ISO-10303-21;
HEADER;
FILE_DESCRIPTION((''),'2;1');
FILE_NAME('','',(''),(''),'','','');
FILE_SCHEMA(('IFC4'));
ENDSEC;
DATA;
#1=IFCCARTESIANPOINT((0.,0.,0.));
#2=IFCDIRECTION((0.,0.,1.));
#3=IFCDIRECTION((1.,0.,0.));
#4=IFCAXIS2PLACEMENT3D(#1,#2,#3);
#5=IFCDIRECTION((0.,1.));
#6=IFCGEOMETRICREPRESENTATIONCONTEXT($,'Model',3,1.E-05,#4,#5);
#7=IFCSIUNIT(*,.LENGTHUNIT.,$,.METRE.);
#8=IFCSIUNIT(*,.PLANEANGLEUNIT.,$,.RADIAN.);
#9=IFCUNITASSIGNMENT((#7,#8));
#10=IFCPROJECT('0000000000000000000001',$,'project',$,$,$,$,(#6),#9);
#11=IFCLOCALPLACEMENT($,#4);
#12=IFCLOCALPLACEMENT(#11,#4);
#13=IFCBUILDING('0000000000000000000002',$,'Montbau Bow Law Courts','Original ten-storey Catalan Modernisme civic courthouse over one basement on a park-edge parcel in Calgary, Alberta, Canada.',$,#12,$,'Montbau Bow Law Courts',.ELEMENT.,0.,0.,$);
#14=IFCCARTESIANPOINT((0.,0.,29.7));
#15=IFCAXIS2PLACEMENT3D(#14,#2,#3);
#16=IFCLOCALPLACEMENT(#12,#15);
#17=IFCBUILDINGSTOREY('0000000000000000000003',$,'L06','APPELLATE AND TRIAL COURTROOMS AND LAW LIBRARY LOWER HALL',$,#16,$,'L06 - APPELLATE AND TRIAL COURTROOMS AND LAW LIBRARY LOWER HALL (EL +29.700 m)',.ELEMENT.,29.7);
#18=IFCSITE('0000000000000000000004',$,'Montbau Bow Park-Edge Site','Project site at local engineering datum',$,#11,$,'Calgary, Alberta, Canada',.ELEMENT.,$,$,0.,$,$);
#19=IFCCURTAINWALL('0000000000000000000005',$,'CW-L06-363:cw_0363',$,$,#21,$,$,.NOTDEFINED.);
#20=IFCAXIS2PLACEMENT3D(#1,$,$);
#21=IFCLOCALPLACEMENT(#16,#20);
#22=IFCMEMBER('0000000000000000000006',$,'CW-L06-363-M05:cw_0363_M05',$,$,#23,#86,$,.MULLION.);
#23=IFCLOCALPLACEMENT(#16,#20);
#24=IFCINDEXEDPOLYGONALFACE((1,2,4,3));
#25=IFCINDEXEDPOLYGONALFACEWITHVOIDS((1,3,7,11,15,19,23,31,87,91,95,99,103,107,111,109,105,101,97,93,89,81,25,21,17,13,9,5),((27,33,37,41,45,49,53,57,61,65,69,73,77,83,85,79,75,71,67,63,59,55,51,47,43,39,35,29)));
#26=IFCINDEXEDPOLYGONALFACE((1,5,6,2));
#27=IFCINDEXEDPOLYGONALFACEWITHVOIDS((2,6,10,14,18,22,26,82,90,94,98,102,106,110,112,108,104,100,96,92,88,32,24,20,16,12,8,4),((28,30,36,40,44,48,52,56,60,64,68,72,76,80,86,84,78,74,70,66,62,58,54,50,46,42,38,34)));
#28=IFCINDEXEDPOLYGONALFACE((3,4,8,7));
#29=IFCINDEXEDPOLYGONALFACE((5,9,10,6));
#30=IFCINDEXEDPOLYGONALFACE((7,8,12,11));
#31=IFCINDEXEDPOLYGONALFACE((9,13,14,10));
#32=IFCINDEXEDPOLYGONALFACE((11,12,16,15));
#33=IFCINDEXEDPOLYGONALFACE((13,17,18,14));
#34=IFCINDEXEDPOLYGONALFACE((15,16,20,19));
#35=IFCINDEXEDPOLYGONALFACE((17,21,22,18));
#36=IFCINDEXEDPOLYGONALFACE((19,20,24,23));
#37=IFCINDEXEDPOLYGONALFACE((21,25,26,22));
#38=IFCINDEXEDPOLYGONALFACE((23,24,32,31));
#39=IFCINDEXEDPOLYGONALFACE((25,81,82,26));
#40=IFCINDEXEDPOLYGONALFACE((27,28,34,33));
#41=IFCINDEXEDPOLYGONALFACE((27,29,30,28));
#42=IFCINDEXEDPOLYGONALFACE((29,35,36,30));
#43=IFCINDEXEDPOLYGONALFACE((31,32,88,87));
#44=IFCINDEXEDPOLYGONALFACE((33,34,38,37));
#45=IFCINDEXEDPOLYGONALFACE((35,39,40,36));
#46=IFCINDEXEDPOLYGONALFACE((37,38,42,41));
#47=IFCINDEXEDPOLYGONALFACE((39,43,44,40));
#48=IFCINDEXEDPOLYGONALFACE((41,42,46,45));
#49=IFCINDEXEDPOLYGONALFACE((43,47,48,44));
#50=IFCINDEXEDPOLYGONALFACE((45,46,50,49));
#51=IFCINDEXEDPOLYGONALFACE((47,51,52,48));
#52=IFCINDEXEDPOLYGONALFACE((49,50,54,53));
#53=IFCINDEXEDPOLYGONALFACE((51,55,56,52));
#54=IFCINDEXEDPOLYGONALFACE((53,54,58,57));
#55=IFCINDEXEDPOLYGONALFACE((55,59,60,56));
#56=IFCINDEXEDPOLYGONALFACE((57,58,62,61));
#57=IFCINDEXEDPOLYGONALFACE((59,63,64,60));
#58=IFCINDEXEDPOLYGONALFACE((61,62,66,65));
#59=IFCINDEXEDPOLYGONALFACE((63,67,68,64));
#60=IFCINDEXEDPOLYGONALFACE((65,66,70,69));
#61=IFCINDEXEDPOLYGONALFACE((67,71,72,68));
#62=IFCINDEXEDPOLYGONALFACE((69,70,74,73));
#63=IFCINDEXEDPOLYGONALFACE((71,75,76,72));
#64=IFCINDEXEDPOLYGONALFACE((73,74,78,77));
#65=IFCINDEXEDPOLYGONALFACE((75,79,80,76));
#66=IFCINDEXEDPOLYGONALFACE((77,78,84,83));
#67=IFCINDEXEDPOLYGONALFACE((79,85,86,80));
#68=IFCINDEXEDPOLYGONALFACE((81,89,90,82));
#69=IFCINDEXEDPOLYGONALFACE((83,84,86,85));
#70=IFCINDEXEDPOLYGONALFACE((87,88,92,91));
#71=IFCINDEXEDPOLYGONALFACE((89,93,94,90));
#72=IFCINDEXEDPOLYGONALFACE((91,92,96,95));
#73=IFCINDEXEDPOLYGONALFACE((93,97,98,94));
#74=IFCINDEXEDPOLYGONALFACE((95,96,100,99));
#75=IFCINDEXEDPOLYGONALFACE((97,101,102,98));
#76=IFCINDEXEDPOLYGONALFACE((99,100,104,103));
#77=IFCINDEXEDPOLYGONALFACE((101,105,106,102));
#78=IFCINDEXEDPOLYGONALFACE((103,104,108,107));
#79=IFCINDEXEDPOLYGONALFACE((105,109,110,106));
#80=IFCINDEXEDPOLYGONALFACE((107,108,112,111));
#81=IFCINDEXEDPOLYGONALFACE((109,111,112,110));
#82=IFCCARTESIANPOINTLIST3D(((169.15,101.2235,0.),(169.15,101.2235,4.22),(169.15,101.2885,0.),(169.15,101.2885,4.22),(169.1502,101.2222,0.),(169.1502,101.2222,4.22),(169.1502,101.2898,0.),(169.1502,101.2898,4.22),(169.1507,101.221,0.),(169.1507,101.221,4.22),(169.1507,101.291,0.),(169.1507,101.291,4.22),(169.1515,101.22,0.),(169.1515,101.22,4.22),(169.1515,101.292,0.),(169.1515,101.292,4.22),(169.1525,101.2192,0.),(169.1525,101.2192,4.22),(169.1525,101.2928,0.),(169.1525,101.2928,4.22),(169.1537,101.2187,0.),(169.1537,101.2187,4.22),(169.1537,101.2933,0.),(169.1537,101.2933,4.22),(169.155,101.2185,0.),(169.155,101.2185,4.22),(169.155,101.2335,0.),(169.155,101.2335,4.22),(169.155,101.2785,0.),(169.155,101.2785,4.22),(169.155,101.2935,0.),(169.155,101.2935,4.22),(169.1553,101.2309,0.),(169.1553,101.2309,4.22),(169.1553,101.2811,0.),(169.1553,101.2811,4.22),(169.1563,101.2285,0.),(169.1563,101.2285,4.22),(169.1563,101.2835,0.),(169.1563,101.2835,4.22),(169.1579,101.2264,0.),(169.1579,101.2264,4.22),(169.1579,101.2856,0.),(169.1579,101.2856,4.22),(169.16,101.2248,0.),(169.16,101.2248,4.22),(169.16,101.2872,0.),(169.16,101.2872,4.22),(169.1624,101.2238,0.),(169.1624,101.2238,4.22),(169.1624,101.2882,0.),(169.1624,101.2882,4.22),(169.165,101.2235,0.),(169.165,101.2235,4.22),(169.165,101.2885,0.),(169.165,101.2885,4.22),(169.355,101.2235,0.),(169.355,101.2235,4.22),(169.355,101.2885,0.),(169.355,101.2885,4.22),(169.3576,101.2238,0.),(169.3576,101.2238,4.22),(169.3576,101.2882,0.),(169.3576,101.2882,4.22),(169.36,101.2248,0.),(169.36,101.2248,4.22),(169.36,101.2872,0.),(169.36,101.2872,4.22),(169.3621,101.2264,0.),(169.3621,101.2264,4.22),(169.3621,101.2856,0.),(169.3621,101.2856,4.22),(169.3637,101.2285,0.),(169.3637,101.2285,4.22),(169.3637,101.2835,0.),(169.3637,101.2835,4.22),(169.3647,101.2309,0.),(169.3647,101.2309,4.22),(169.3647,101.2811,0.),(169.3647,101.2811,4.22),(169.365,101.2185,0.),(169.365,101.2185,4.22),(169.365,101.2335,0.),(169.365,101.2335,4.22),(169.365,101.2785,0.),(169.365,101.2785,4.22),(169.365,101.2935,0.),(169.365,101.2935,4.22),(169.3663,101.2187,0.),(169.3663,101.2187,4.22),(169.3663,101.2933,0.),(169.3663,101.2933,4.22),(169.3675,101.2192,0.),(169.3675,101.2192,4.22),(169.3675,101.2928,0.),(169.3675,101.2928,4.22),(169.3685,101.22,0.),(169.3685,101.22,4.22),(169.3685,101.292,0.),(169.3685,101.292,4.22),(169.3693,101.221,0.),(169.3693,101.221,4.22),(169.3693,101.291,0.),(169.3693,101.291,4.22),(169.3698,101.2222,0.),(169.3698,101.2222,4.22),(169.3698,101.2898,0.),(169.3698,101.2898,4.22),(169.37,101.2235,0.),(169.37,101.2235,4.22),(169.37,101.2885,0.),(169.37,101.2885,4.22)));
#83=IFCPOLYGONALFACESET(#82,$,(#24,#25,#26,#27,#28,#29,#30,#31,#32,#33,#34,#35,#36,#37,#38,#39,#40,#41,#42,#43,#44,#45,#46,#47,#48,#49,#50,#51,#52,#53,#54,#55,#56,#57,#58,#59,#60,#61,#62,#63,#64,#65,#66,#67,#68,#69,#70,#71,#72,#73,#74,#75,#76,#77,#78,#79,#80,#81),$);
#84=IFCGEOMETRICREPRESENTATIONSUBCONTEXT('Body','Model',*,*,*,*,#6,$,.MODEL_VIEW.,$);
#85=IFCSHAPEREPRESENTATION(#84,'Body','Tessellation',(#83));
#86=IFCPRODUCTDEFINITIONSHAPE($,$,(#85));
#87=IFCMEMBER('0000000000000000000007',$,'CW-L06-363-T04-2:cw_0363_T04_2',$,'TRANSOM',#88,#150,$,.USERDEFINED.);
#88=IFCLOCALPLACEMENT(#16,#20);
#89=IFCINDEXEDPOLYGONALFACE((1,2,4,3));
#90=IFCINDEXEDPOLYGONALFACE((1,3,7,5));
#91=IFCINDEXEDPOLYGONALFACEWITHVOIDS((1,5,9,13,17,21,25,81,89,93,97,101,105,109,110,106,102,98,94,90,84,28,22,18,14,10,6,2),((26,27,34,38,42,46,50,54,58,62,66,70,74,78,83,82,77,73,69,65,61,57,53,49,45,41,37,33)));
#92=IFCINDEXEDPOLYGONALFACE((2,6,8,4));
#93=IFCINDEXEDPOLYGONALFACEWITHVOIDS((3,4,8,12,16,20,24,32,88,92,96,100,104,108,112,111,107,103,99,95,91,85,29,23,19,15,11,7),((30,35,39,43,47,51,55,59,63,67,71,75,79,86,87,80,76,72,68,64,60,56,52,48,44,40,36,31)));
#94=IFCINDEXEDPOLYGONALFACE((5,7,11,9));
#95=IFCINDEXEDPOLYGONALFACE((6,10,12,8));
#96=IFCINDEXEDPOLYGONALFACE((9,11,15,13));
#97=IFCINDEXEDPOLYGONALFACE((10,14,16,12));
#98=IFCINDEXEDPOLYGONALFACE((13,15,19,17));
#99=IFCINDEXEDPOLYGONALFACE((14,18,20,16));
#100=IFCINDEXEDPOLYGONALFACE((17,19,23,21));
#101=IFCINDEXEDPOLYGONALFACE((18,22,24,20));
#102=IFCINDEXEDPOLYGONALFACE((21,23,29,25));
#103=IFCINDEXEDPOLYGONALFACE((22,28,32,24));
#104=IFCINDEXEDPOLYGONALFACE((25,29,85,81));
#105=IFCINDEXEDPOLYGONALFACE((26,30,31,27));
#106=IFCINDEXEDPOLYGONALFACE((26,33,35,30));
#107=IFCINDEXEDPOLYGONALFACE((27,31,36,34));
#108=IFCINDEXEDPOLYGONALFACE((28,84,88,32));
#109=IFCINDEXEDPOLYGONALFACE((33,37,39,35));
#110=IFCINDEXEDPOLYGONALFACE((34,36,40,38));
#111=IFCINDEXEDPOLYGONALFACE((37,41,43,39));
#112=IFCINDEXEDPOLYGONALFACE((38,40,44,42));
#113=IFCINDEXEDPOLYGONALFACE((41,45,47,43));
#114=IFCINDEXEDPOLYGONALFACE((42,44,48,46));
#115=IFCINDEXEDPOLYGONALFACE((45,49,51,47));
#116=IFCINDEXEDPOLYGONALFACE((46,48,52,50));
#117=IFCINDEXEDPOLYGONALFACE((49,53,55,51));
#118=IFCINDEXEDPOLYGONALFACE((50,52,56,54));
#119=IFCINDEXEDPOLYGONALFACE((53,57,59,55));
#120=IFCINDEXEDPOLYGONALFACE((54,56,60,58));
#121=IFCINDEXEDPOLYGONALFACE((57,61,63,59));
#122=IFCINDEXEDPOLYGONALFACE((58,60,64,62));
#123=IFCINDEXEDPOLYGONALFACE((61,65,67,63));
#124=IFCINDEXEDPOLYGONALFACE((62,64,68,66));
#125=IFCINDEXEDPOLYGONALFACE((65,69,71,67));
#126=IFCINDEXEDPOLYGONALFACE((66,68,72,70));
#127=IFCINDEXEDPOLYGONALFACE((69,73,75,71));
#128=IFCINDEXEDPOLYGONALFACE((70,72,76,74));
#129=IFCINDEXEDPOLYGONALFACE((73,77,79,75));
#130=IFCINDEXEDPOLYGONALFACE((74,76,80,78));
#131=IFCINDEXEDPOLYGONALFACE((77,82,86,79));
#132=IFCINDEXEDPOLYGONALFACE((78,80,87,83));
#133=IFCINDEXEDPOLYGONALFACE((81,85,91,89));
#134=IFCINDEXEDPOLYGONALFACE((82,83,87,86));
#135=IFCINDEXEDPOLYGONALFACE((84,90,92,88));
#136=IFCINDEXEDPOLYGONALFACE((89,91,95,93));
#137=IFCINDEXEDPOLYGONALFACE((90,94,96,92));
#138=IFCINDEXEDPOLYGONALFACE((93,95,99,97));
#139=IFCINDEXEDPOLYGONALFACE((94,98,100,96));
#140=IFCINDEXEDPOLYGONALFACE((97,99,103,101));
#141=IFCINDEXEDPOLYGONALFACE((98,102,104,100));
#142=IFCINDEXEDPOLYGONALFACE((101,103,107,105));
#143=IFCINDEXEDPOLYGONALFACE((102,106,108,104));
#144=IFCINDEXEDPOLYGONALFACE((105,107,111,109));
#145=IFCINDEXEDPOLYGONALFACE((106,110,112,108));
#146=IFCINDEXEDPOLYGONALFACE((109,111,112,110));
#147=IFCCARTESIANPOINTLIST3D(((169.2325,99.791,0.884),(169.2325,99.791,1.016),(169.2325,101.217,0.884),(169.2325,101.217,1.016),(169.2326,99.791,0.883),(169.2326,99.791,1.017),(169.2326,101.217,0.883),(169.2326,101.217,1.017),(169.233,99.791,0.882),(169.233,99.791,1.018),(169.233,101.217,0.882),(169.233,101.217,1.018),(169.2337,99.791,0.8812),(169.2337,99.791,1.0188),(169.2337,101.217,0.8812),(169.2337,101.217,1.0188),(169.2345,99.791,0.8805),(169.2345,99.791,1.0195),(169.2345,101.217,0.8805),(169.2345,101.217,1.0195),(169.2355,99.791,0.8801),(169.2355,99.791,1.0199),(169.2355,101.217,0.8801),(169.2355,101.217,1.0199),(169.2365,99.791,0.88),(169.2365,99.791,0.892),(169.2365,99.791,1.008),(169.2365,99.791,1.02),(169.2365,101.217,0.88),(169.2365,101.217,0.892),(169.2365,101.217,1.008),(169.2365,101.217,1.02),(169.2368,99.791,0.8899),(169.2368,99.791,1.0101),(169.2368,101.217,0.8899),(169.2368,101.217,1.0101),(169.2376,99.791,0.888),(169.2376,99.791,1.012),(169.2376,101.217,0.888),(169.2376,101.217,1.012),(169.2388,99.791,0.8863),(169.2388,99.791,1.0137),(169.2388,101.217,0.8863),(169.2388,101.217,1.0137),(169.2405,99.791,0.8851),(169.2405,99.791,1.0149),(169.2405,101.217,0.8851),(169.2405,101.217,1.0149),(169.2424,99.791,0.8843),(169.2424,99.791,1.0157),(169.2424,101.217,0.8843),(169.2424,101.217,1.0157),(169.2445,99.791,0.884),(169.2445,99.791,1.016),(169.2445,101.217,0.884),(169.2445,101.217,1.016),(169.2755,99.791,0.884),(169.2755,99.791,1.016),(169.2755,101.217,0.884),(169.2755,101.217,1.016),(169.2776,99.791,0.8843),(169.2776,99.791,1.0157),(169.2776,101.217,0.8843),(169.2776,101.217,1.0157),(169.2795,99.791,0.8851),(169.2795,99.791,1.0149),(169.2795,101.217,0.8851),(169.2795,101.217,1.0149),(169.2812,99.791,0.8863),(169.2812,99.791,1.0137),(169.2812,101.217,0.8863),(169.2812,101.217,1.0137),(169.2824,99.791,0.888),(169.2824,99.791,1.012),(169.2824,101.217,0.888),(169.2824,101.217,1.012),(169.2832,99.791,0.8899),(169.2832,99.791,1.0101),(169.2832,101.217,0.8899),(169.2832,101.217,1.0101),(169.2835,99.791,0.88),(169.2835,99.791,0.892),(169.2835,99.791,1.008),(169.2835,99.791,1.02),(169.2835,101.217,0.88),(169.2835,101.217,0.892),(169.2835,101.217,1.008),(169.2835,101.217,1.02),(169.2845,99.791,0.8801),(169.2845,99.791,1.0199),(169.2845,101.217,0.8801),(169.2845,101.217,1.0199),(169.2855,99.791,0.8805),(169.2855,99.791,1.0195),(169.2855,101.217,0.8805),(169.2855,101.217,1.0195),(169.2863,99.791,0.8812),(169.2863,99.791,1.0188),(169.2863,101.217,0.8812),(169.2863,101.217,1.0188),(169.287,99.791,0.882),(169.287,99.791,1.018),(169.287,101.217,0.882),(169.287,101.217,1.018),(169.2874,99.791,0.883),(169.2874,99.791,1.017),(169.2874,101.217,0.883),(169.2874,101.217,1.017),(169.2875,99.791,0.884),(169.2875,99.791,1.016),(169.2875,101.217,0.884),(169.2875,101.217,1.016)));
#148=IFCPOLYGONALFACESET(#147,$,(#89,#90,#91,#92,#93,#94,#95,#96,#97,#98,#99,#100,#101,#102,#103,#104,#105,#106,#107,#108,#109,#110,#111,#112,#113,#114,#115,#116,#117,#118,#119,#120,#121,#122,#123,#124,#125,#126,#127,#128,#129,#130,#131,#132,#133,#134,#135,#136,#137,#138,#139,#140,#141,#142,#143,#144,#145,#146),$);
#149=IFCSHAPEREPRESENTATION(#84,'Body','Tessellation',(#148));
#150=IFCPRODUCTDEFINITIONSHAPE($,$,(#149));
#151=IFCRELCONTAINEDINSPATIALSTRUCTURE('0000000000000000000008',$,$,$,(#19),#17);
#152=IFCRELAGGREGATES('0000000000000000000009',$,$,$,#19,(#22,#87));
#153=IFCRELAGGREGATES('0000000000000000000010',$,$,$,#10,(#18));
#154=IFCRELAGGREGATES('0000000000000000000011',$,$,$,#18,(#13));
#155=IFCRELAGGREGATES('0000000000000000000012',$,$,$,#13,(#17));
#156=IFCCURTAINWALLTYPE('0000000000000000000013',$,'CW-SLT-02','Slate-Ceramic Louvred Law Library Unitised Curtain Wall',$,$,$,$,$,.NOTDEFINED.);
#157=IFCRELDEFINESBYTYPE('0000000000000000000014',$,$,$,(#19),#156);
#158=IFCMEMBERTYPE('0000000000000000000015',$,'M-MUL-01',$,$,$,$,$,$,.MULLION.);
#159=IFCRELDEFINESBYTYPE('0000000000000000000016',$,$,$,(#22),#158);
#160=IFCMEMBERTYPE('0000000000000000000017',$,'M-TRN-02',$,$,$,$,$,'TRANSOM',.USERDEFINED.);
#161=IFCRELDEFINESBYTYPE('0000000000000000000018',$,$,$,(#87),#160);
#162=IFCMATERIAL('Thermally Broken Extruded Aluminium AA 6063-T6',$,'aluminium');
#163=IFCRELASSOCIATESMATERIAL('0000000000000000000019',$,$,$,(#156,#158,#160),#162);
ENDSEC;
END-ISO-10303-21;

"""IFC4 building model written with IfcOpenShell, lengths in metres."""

from ifc_helpers import new_model, si_unit, direction, frame, origin_with_axes, origin_2d_with_axis, place, context, subcontext, project, spatial, hollow_rectangle, extrude, material, material_profile, profile_set, type_object, element, aggregate, save


model = new_model("IFC4")

# Units and contexts
model_context = context("Model", 3, precision=1e-05, world=origin_with_axes(), true_north=direction((0.0, 1.0)))
body_context = subcontext(model_context, "Body", "Model", "MODEL_VIEW")
ifc_project = project(units=[si_unit("LENGTHUNIT", "METRE"), si_unit("PLANEANGLEUNIT", "RADIAN")], contexts=[model_context])

# Site, building, storey
site_placement = place(None, origin_with_axes())
site = spatial("IfcSite", under=ifc_project, at=site_placement, Name="Montbau Bow Park-Edge Site", Description="Project site at local engineering datum", LongName="Calgary, Alberta, Canada", CompositionType="ELEMENT", RefElevation=0.0)
building_placement = place(site_placement, origin_with_axes())
building = spatial("IfcBuilding", under=site, at=building_placement, Name="Montbau Bow Law Courts", Description="Original ten-storey Catalan Modernisme civic courthouse over one basement on a park-edge parcel in Calgary, Alberta, Canada.", LongName="Montbau Bow Law Courts", CompositionType="ELEMENT", ElevationOfRefHeight=0.0, ElevationOfTerrain=0.0)
storey_placement = place(building_placement, frame((0.0, 0.0, 29.7), z_axis=(0.0, 0.0, 1.0), x_axis=(1.0, 0.0, 0.0)))
storey = spatial("IfcBuildingStorey", under=building, at=storey_placement, Name="L06", Description="APPELLATE AND TRIAL COURTROOMS AND LAW LIBRARY LOWER HALL", LongName="L06 - APPELLATE AND TRIAL COURTROOMS AND LAW LIBRARY LOWER HALL (EL +29.700 m)", CompositionType="ELEMENT", Elevation=29.7)

# Curtain wall, members
ifc_material_1 = material(Name="Thermally Broken Extruded Aluminium AA 6063-T6", Category="aluminium")
curtain_wall_type = type_object("IfcCurtainWallType", Name="CW-SLT-02", Description="Slate-Ceramic Louvred Law Library Unitised Curtain Wall", PredefinedType="NOTDEFINED", material=ifc_material_1)
curtain_wall_placement = place(None, frame((169.26, 95.24, 29.7), z_axis=(0.0, 0.0, 1.0), x_axis=(1.0, 0.0, 0.0)))
curtain_wall = element("IfcCurtainWall", 1, at=curtain_wall_placement, inside=storey, type_object=curtain_wall_type, Name="CW-L06-363:cw_0363", PredefinedType="NOTDEFINED")
ifc_material_profile_1 = material_profile(ifc_material_1, hollow_rectangle(XDim=0.075, YDim=0.22, WallThickness=0.005, InnerFilletRadius=0.01, OuterFilletRadius=0.005, at=origin_2d_with_axis()), Name="CWM-220X75", Category="Main", Priority=0)
ifc_profile_set_1 = profile_set([ifc_material_profile_1], Name="Thermally Broken Extruded Aluminium AA 6063-T6")
member_type_1 = type_object("IfcMemberType", Name="M-MUL-01", PredefinedType="MULLION", material=ifc_profile_set_1)
member_1_placement = place(None, frame((169.26, 101.256, 29.7), z_axis=(0.0, 0.0, 1.0), x_axis=(0.0, 1.0, 0.0)))
member_1 = element("IfcMember", 2, at=member_1_placement, type_object=member_type_1, Name="CW-L06-363-M05:cw_0363_M05", PredefinedType="MULLION", context=body_context, shape_type="SweptSolid", body=[
    extrude(hollow_rectangle(XDim=0.075, YDim=0.22, WallThickness=0.005, InnerFilletRadius=0.01, OuterFilletRadius=0.005, at=origin_2d_with_axis()), origin_with_axes(), (0.0, 0.0, 1.0), 4.22),
])
ifc_material_profile_2 = material_profile(ifc_material_1, hollow_rectangle(XDim=0.055, YDim=0.14, WallThickness=0.004, InnerFilletRadius=0.008, OuterFilletRadius=0.004, at=origin_2d_with_axis()), Name="CWT-140X55", Category="Main", Priority=0)
ifc_profile_set_2 = profile_set([ifc_material_profile_2], Name="Thermally Broken Extruded Aluminium AA 6063-T6")
member_type_2 = type_object("IfcMemberType", Name="M-TRN-02", ElementType="TRANSOM", PredefinedType="USERDEFINED", material=ifc_profile_set_2)
member_2_placement = place(None, frame((169.26, 99.791, 30.65), z_axis=(0.0, 1.0, 0.0), x_axis=(-1.0, 0.0, 0.0)))
member_2 = element("IfcMember", 3, at=member_2_placement, type_object=member_type_2, Name="CW-L06-363-T04-2:cw_0363_T04_2", ObjectType="TRANSOM", PredefinedType="USERDEFINED", context=body_context, shape_type="SweptSolid", body=[
    extrude(hollow_rectangle(XDim=0.055, YDim=0.14, WallThickness=0.004, InnerFilletRadius=0.008, OuterFilletRadius=0.004, at=origin_2d_with_axis()), origin_with_axes(), (0.0, 0.0, 1.0), 1.426),
])
aggregate(curtain_wall, [member_1, member_2])

save(model, "model.ifc")
